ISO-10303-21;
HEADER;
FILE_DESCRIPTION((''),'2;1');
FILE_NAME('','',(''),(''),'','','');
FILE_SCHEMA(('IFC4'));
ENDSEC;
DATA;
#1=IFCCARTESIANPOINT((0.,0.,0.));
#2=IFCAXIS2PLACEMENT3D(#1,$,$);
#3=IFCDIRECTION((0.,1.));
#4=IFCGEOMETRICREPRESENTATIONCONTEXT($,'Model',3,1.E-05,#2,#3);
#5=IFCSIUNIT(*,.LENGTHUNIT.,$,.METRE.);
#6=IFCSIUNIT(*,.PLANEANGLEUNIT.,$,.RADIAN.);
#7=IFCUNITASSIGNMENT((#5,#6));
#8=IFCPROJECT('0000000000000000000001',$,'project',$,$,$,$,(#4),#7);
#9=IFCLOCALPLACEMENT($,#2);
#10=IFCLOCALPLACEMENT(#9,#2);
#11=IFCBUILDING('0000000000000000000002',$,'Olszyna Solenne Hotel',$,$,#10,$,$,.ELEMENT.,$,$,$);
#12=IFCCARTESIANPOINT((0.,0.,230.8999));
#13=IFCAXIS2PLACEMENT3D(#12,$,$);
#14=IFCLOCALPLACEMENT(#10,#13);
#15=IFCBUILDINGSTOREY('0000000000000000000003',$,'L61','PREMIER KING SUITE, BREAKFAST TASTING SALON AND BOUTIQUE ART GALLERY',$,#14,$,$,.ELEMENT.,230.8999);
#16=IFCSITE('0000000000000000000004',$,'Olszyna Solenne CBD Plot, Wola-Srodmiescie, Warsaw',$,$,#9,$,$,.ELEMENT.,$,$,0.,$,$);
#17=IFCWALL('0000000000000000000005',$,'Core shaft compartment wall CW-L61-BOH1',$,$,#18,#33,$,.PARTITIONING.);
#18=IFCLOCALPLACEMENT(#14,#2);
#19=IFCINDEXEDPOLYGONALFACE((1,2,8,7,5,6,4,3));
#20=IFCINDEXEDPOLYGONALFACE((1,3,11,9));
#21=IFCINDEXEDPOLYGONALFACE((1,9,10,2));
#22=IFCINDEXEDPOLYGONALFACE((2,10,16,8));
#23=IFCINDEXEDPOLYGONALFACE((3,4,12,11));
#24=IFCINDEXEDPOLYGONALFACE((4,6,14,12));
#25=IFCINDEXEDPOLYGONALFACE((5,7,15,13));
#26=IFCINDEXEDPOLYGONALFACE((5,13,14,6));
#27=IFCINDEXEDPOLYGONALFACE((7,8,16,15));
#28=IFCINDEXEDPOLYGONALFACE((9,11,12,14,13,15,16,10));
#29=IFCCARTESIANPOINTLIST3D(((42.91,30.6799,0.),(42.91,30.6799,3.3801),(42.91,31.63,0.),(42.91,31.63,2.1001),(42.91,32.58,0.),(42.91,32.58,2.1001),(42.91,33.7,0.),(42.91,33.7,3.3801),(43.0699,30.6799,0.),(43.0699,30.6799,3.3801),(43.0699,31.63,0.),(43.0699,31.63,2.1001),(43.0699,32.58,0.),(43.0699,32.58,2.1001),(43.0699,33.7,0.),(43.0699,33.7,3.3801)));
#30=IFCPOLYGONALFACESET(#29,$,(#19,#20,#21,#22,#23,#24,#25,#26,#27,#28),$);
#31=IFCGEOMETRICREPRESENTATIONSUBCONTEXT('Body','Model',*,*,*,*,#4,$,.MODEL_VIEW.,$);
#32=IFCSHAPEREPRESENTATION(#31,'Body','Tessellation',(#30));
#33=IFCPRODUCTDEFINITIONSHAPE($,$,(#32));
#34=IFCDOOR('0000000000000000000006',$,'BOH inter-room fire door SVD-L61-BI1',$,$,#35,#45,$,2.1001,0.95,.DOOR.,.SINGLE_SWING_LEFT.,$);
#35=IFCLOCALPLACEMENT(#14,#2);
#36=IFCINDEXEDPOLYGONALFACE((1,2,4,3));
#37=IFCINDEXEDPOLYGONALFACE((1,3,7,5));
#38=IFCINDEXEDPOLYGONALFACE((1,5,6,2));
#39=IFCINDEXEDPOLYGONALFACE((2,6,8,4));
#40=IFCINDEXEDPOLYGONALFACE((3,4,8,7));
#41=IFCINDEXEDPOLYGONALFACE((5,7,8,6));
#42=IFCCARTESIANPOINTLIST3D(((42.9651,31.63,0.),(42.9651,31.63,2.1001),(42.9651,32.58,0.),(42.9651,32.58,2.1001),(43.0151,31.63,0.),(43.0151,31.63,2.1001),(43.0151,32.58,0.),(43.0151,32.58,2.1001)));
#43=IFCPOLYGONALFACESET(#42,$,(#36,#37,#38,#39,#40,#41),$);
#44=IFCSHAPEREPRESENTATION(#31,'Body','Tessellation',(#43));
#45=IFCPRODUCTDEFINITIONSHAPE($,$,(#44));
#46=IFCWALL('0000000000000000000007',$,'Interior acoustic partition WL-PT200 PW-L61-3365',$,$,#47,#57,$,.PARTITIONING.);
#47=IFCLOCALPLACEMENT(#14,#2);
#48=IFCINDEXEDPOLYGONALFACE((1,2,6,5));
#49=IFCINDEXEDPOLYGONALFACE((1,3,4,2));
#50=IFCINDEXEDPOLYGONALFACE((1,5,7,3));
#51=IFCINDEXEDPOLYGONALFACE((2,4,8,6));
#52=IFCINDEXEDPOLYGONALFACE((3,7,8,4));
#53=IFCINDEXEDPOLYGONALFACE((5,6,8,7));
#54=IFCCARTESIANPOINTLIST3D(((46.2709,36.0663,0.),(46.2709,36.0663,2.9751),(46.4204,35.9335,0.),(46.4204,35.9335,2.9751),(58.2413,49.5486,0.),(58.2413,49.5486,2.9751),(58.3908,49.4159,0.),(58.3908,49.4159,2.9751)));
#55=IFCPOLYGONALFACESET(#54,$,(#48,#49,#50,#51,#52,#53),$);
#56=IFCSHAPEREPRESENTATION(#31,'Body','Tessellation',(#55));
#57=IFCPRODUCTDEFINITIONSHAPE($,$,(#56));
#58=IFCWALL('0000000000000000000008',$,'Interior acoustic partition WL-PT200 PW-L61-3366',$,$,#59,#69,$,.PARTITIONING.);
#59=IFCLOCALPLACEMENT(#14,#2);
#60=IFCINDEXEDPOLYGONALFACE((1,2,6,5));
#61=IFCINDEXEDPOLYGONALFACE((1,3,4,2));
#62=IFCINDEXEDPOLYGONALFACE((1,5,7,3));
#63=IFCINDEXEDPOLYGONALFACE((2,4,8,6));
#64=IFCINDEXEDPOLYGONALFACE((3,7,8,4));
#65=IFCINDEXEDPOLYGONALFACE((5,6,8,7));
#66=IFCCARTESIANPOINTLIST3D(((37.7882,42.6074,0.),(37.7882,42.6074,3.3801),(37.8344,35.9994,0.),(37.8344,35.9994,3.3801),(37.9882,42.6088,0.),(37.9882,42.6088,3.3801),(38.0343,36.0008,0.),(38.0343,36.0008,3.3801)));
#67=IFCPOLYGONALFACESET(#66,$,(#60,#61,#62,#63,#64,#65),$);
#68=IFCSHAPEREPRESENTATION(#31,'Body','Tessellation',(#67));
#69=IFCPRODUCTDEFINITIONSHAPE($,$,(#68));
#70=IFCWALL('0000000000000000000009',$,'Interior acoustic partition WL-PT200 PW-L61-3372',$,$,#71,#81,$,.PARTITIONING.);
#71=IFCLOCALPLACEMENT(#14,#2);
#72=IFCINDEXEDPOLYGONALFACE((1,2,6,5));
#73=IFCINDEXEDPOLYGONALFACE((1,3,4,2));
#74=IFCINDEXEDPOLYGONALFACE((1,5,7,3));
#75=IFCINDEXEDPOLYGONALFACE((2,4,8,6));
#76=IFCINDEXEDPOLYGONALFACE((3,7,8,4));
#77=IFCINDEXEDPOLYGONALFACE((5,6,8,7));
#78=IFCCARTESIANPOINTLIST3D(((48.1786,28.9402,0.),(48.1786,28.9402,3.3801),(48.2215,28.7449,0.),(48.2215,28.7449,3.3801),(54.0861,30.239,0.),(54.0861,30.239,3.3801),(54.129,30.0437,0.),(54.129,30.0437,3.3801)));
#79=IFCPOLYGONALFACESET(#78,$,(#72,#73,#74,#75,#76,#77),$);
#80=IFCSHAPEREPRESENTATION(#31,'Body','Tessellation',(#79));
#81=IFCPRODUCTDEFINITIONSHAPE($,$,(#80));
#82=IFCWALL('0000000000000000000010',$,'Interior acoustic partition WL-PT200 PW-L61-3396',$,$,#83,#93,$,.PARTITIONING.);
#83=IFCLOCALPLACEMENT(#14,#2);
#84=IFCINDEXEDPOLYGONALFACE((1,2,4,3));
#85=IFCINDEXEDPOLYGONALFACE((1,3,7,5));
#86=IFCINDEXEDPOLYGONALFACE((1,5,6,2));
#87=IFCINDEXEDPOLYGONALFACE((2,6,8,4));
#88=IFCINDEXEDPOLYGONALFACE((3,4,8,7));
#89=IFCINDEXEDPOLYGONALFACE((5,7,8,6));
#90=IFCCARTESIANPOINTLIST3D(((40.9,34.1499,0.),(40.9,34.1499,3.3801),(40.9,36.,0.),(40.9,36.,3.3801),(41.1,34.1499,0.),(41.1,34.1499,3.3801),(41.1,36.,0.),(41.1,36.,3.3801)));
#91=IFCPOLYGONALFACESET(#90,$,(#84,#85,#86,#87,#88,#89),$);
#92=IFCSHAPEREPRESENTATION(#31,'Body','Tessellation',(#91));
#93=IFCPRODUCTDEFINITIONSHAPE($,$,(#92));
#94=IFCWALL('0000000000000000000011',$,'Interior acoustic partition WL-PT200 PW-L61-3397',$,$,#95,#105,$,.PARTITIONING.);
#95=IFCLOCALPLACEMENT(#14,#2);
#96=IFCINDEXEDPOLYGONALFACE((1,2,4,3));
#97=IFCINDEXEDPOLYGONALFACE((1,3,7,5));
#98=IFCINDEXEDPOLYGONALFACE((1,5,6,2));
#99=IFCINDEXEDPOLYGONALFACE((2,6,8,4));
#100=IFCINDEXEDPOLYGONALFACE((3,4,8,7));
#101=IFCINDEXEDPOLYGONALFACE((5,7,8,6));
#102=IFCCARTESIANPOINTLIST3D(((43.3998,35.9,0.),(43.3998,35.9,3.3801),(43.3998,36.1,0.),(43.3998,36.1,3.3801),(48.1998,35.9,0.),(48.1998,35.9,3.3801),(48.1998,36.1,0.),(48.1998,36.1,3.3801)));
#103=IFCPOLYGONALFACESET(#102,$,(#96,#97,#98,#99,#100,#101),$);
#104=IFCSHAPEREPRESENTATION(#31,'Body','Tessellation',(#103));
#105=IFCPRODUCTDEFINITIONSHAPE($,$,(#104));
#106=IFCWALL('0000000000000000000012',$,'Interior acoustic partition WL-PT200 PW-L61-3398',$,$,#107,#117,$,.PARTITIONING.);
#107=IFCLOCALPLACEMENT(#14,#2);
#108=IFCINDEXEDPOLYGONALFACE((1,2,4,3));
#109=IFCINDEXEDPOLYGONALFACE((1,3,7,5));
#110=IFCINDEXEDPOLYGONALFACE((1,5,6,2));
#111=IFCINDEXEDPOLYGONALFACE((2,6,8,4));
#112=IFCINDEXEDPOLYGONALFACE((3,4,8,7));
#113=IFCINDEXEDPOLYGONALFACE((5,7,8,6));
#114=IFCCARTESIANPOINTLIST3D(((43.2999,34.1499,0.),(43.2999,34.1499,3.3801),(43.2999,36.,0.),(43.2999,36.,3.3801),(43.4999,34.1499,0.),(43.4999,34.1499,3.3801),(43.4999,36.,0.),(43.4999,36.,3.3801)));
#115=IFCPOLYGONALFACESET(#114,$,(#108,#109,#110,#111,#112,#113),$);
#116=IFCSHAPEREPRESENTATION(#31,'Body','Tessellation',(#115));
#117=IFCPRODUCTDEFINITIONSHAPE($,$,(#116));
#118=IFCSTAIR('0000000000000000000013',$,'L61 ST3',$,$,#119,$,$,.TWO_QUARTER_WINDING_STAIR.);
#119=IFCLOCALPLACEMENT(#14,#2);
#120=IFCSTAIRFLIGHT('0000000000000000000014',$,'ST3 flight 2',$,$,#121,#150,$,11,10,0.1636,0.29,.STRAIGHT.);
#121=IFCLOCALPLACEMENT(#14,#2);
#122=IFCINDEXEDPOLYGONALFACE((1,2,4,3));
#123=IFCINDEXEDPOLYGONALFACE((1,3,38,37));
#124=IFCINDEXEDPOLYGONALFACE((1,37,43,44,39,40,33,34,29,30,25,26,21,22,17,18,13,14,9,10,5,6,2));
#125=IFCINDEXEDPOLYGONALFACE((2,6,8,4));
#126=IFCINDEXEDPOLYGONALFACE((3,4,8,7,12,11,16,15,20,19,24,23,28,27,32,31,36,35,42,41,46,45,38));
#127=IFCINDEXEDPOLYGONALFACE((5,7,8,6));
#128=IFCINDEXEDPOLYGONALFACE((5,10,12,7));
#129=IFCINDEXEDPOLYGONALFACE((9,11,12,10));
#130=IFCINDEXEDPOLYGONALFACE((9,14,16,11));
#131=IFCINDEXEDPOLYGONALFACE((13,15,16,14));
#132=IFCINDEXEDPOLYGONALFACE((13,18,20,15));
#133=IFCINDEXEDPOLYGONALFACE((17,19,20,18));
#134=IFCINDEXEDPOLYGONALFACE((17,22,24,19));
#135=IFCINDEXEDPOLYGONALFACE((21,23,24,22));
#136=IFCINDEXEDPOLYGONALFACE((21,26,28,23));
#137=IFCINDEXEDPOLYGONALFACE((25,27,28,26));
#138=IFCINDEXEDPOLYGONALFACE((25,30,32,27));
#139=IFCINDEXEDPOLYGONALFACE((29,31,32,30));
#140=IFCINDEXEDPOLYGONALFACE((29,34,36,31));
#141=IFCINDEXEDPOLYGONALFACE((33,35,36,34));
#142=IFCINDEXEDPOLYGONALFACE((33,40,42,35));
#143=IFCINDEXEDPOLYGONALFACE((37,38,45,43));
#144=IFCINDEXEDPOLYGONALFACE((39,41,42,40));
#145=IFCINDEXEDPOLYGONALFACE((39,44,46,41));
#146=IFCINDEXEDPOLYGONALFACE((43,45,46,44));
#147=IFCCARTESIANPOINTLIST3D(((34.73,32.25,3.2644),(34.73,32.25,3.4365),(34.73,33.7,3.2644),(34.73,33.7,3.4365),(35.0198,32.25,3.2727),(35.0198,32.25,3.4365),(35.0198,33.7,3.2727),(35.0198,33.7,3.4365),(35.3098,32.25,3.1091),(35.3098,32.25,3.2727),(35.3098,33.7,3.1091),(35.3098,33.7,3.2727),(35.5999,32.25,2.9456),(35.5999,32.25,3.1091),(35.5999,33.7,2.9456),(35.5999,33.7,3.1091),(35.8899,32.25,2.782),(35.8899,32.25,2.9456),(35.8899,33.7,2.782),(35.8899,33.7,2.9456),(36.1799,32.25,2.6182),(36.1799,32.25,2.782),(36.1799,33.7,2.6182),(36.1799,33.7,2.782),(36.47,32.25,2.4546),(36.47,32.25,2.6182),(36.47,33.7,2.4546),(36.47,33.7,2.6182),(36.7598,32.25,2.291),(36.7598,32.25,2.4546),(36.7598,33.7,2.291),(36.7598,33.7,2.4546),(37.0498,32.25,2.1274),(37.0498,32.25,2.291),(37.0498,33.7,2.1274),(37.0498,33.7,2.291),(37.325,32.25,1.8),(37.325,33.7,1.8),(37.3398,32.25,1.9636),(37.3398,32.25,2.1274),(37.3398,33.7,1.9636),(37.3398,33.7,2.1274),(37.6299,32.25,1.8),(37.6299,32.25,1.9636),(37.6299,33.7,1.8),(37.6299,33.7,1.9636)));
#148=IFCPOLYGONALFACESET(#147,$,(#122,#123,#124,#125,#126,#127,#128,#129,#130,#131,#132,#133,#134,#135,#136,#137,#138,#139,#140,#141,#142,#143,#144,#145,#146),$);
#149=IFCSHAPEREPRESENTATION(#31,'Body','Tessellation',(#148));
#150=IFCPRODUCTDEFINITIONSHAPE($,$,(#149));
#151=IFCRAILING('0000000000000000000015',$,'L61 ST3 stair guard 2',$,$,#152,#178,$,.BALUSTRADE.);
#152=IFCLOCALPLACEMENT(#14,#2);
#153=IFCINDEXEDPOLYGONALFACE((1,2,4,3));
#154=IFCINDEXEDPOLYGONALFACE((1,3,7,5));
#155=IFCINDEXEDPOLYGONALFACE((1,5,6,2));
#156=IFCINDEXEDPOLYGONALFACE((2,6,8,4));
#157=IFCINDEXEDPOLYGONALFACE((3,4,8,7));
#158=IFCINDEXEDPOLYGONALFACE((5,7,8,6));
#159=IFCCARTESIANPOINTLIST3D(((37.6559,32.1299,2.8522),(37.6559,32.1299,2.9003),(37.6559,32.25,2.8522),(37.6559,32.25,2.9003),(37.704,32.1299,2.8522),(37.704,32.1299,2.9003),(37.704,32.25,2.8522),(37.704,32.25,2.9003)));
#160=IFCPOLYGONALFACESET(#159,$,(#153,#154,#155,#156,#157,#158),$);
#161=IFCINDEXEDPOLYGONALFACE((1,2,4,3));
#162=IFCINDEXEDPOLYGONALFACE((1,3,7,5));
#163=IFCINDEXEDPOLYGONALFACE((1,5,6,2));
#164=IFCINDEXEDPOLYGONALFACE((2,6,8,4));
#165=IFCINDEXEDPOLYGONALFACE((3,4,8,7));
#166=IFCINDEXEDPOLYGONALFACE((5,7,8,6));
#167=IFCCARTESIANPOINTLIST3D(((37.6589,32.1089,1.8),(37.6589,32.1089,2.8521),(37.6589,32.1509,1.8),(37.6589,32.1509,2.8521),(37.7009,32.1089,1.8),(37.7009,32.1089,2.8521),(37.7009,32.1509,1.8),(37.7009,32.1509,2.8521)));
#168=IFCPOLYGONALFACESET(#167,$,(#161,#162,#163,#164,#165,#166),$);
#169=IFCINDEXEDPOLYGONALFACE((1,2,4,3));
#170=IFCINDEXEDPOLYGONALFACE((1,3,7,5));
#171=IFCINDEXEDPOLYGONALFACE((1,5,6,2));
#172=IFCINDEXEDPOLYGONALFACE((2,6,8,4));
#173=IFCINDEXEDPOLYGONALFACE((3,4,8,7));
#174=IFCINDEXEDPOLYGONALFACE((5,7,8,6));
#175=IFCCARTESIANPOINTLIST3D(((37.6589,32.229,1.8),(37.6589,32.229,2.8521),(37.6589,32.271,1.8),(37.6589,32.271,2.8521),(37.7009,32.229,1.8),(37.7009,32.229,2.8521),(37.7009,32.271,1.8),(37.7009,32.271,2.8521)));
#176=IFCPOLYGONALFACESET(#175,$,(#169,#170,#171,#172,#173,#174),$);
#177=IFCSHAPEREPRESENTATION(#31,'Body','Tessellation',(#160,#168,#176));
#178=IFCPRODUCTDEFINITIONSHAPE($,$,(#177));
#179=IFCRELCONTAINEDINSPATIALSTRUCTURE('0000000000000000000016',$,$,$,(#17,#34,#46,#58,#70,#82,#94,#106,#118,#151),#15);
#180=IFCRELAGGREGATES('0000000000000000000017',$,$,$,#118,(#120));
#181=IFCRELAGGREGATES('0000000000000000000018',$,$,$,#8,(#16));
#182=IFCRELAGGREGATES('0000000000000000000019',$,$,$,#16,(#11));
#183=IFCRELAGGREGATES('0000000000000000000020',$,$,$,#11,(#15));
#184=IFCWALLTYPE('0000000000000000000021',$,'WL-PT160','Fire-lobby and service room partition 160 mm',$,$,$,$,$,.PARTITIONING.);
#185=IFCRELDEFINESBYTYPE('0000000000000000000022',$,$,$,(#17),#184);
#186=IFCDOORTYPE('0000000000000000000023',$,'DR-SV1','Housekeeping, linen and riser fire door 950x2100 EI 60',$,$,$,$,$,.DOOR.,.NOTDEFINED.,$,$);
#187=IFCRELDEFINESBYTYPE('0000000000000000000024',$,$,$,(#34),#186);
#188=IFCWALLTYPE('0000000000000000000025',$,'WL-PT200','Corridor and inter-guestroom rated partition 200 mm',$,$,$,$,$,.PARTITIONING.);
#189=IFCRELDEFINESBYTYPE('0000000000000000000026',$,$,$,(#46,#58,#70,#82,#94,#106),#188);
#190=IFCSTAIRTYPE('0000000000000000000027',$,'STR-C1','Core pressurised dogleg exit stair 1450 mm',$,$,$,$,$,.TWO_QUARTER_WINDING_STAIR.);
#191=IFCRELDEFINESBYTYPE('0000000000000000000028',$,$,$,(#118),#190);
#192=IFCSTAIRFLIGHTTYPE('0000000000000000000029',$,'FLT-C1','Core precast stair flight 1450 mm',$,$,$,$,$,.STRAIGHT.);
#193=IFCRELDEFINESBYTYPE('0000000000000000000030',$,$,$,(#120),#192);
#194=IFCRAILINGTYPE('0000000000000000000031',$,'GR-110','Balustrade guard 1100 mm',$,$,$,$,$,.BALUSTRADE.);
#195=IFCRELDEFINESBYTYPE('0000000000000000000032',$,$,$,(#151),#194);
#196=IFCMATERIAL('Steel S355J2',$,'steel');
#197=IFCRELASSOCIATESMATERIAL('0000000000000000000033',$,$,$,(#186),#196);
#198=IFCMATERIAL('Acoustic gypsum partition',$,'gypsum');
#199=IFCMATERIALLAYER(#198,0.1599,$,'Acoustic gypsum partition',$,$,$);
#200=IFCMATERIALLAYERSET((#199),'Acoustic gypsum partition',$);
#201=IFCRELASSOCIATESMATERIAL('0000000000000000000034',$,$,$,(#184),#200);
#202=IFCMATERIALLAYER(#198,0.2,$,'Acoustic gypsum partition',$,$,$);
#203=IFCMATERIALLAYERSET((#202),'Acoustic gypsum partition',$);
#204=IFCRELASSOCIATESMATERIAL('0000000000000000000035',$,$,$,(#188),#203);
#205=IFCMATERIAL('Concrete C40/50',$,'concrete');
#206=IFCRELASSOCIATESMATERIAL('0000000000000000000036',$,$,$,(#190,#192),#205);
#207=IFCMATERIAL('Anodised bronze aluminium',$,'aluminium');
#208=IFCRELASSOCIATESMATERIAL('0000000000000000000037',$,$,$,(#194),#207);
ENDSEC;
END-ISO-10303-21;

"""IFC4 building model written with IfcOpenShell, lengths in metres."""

from ifc_helpers import new_model, si_unit, direction, frame, frame_2d, origin, origin_2d, place, context, subcontext, project, spatial, polyline, rectangle, outline, extrude, source, transform, mapped, material, layer, layer_set, type_object, type_shapes, element, fill, aggregate, save


model = new_model("IFC4")

# Units and contexts
model_context = context("Model", 3, precision=1e-05, world=origin(), true_north=direction((0.0, 1.0)))
body_context = subcontext(model_context, "Body", "Model", "MODEL_VIEW")
ifc_project = project(units=[si_unit("LENGTHUNIT", "METRE"), si_unit("PLANEANGLEUNIT", "RADIAN")], contexts=[model_context])

# Site, building, storey
site_placement = place(None, origin())
site = spatial("IfcSite", under=ifc_project, at=site_placement, Name="Olszyna Solenne CBD Plot, Wola-Srodmiescie, Warsaw", CompositionType="ELEMENT", RefElevation=0.0)
building_placement = place(site_placement, origin())
building = spatial("IfcBuilding", under=site, at=building_placement, Name="Olszyna Solenne Hotel", CompositionType="ELEMENT")
storey_placement = place(building_placement, frame((0.0, 0.0, 230.8999)))
storey = spatial("IfcBuildingStorey", under=building, at=storey_placement, Name="L61", Description="PREMIER KING SUITE, BREAKFAST TASTING SALON AND BOUTIQUE ART GALLERY", CompositionType="ELEMENT", Elevation=230.8999)

# Shared definitions
ifc_material_1 = material(Name="Steel S355J2", Category="steel")

# Shared definitions
door_type_1 = type_object("IfcDoorType", Name="DR-SV1", Description="Housekeeping, linen and riser fire door 950x2100 EI 60", OperationType="NOTDEFINED", PredefinedType="DOOR", material=ifc_material_1)
shared_shape_1 = source(origin(), body_context, "Body", "SweptSolid", [
    extrude(rectangle(XDim=0.95, YDim=2.1001, at=frame_2d((0.4751, 1.05))), frame((0.0, 0.0249, 0.0), z_axis=(0.0, -1.0, 0.0), x_axis=(1.0, 0.0, 0.0)), (0.0, 0.0, 1.0), 0.05),
])
type_shapes(door_type_1, [shared_shape_1])

# Shared definitions
ifc_material_2 = material(Name="Acoustic gypsum partition", Category="gypsum")

# Shared definitions
ifc_layer_1 = layer(ifc_material_2, 0.1599, Name="Acoustic gypsum partition")
ifc_layer_set_1 = layer_set([ifc_layer_1], Name="Acoustic gypsum partition")
wall_type_1 = type_object("IfcWallType", Name="WL-PT160", Description="Fire-lobby and service room partition 160 mm", PredefinedType="PARTITIONING", material=ifc_layer_set_1)

# Wall, opening, door
wall_1_placement = place(storey_placement, frame((42.99, 30.6799, 0.0), z_axis=(0.0, 0.0, 1.0), x_axis=(0.0, 1.0, 0.0)))
wall_1 = element("IfcWall", 1, at=wall_1_placement, inside=storey, type_object=wall_type_1, Name="Core shaft compartment wall CW-L61-BOH1", PredefinedType="PARTITIONING", context=body_context, shape_type="SweptSolid", body=[
    extrude(rectangle(XDim=3.02, YDim=0.1599, at=frame_2d((1.51, 0.0))), origin(), (0.0, 0.0, 1.0), 3.3801),
])
opening_1_placement = place(wall_1_placement, frame((0.95, 0.0, 0.0)))
opening_1 = element("IfcOpeningElement", 2, at=opening_1_placement, cuts=wall_1, PredefinedType="OPENING", context=body_context, shape_type="SweptSolid", body=[
    extrude(rectangle(XDim=0.95, YDim=2.1001, at=frame_2d((0.4751, 1.05))), frame((0.0, 0.0898, 0.0), z_axis=(0.0, -1.0, 0.0), x_axis=(1.0, 0.0, 0.0)), (0.0, 0.0, 1.0), 0.1799),
])
door_1_placement = place(opening_1_placement, origin())
door_1 = element("IfcDoor", 3, at=door_1_placement, inside=storey, type_object=door_type_1, Name="BOH inter-room fire door SVD-L61-BI1", OperationType="SINGLE_SWING_LEFT", OverallHeight=2.1001, OverallWidth=0.95, PredefinedType="DOOR", context=body_context, shape_type="MappedRepresentation", body=[
    mapped(shared_shape_1, transform((0.0, 0.0, 0.0), x_axis=(1.0, 0.0, 0.0), y_axis=(0.0, 1.0, 0.0), z_axis=(0.0, 0.0, 1.0), scale=1.0)),
])
fill(opening_1, door_1)

# Walls
ifc_layer_2 = layer(ifc_material_2, 0.2, Name="Acoustic gypsum partition")
ifc_layer_set_2 = layer_set([ifc_layer_2], Name="Acoustic gypsum partition")
wall_type_2 = type_object("IfcWallType", Name="WL-PT200", Description="Corridor and inter-guestroom rated partition 200 mm", PredefinedType="PARTITIONING", material=ifc_layer_set_2)
wall_2_placement = place(storey_placement, frame((46.3457, 36.0, 0.0), z_axis=(0.0, 0.0, 1.0), x_axis=(0.663933, 0.747792, 0.0)))
element("IfcWall", 4, at=wall_2_placement, inside=storey, type_object=wall_type_2, Name="Interior acoustic partition WL-PT200 PW-L61-3365", PredefinedType="PARTITIONING", context=body_context, shape_type="SweptSolid", body=[
    extrude(rectangle(XDim=18.0295, YDim=0.2, at=frame_2d((9.0146, 0.0))), origin(), (0.0, 0.0, 1.0), 2.9751),
])
wall_3_placement = place(storey_placement, frame((37.9343, 36.0, 0.0), z_axis=(0.0, 0.0, 1.0), x_axis=(-0.006983, 0.999976, 0.0)))
element("IfcWall", 5, at=wall_3_placement, inside=storey, type_object=wall_type_2, Name="Interior acoustic partition WL-PT200 PW-L61-3366", PredefinedType="PARTITIONING", context=body_context, shape_type="SweptSolid", body=[
    extrude(rectangle(XDim=6.6082, YDim=0.2, at=frame_2d((3.3042, 0.0))), origin(), (0.0, 0.0, 1.0), 3.3801),
])
wall_4_placement = place(storey_placement, frame((48.2, 28.8425, 0.0), z_axis=(0.0, 0.0, 1.0), x_axis=(0.976673, 0.214733, 0.0)))
element("IfcWall", 6, at=wall_4_placement, inside=storey, type_object=wall_type_2, Name="Interior acoustic partition WL-PT200 PW-L61-3372", PredefinedType="PARTITIONING", context=body_context, shape_type="SweptSolid", body=[
    extrude(rectangle(XDim=6.0486, YDim=0.2, at=frame_2d((3.0244, 0.0))), origin(), (0.0, 0.0, 1.0), 3.3801),
])
wall_5_placement = place(storey_placement, frame((41.0, 34.1499, 0.0), z_axis=(0.0, 0.0, 1.0), x_axis=(0.0, 1.0, 0.0)))
element("IfcWall", 7, at=wall_5_placement, inside=storey, type_object=wall_type_2, Name="Interior acoustic partition WL-PT200 PW-L61-3396", PredefinedType="PARTITIONING", context=body_context, shape_type="SweptSolid", body=[
    extrude(rectangle(XDim=1.8501, YDim=0.2, at=frame_2d((0.925, 0.0))), origin(), (0.0, 0.0, 1.0), 3.3801),
])
wall_6_placement = place(storey_placement, frame((43.3999, 36.0, 0.0), z_axis=(0.0, 0.0, 1.0), x_axis=(1.0, 0.0, 0.0)))
element("IfcWall", 8, at=wall_6_placement, inside=storey, type_object=wall_type_2, Name="Interior acoustic partition WL-PT200 PW-L61-3397", PredefinedType="PARTITIONING", context=body_context, shape_type="SweptSolid", body=[
    extrude(rectangle(XDim=4.8, YDim=0.2, at=frame_2d((2.3999, 0.0))), origin(), (0.0, 0.0, 1.0), 3.3801),
])
wall_7_placement = place(storey_placement, frame((43.3999, 34.1499, 0.0), z_axis=(0.0, 0.0, 1.0), x_axis=(0.0, 1.0, 0.0)))
element("IfcWall", 9, at=wall_7_placement, inside=storey, type_object=wall_type_2, Name="Interior acoustic partition WL-PT200 PW-L61-3398", PredefinedType="PARTITIONING", context=body_context, shape_type="SweptSolid", body=[
    extrude(rectangle(XDim=1.8501, YDim=0.2, at=frame_2d((0.925, 0.0))), origin(), (0.0, 0.0, 1.0), 3.3801),
])

# Stair, stair flight
ifc_material_3 = material(Name="Concrete C40/50", Category="concrete")
stair_type = type_object("IfcStairType", Name="STR-C1", Description="Core pressurised dogleg exit stair 1450 mm", PredefinedType="TWO_QUARTER_WINDING_STAIR", material=ifc_material_3)
stair_placement = place(storey_placement, origin())
stair = element("IfcStair", 10, at=stair_placement, inside=storey, type_object=stair_type, Name="L61 ST3", PredefinedType="TWO_QUARTER_WINDING_STAIR")
stair_flight_type = type_object("IfcStairFlightType", Name="FLT-C1", Description="Core precast stair flight 1450 mm", PredefinedType="STRAIGHT", material=ifc_material_3)
stair_flight_placement = place(storey_placement, frame((37.6299, 32.9751, 1.8), z_axis=(0.0, 0.0, 1.0), x_axis=(-1.0, 0.0, 0.0)))
stair_flight = element("IfcStairFlight", 11, at=stair_flight_placement, type_object=stair_flight_type, Name="ST3 flight 2", NumberOfRisers=11, NumberOfTreads=10, PredefinedType="STRAIGHT", RiserHeight=0.1636, TreadLength=0.29, context=body_context, shape_type="SweptSolid", body=[
    extrude(outline(polyline([(0.0, 0.0), (0.0, 0.1636), (0.29, 0.1636), (0.29, 0.3274), (0.5801, 0.3274), (0.5801, 0.491), (0.8701, 0.491), (0.8701, 0.6545), (1.1599, 0.6545), (1.1599, 0.8181), (1.45, 0.8181), (1.45, 0.9819), (1.74, 0.9819), (1.74, 1.1455), (2.03, 1.1455), (2.03, 1.3091), (2.3201, 1.3091), (2.3201, 1.4727), (2.6101, 1.4727), (2.6101, 1.6365), (2.8999, 1.6365), (2.8999, 1.8), (2.8999, 1.4644), (0.3049, 0.0), (0.0, 0.0)])), frame((0.0, 0.7251, 0.0), z_axis=(0.0, -1.0, 0.0), x_axis=(1.0, 0.0, 0.0)), (0.0, 0.0, 1.0), 1.45),
])
aggregate(stair, [stair_flight])

# Railing
ifc_material_4 = material(Name="Anodised bronze aluminium", Category="aluminium")
railing_type_1 = type_object("IfcRailingType", Name="GR-110", Description="Balustrade guard 1100 mm", PredefinedType="BALUSTRADE", material=ifc_material_4)
railing_1_placement = place(storey_placement, frame((37.6799, 32.1299, 1.8)))
element("IfcRailing", 12, at=railing_1_placement, inside=storey, type_object=railing_type_1, Name="L61 ST3 stair guard 2", PredefinedType="BALUSTRADE", context=body_context, shape_type="SweptSolid", body=[
    extrude(rectangle(XDim=0.0481, YDim=0.0481, at=origin_2d()), frame((0.0, 0.0, 1.0762), z_axis=(0.0, 1.0, 0.0), x_axis=(-1.0, 0.0, 0.0)), (0.0, 0.0, 1.0), 0.1201),
    extrude(rectangle(XDim=0.042, YDim=0.042, at=origin_2d()), origin(), (0.0, 0.0, 1.0), 1.052),
    extrude(rectangle(XDim=0.042, YDim=0.042, at=origin_2d()), frame((0.0, 0.1201, 0.0)), (0.0, 0.0, 1.0), 1.052),
])

save(model, "model.ifc")
